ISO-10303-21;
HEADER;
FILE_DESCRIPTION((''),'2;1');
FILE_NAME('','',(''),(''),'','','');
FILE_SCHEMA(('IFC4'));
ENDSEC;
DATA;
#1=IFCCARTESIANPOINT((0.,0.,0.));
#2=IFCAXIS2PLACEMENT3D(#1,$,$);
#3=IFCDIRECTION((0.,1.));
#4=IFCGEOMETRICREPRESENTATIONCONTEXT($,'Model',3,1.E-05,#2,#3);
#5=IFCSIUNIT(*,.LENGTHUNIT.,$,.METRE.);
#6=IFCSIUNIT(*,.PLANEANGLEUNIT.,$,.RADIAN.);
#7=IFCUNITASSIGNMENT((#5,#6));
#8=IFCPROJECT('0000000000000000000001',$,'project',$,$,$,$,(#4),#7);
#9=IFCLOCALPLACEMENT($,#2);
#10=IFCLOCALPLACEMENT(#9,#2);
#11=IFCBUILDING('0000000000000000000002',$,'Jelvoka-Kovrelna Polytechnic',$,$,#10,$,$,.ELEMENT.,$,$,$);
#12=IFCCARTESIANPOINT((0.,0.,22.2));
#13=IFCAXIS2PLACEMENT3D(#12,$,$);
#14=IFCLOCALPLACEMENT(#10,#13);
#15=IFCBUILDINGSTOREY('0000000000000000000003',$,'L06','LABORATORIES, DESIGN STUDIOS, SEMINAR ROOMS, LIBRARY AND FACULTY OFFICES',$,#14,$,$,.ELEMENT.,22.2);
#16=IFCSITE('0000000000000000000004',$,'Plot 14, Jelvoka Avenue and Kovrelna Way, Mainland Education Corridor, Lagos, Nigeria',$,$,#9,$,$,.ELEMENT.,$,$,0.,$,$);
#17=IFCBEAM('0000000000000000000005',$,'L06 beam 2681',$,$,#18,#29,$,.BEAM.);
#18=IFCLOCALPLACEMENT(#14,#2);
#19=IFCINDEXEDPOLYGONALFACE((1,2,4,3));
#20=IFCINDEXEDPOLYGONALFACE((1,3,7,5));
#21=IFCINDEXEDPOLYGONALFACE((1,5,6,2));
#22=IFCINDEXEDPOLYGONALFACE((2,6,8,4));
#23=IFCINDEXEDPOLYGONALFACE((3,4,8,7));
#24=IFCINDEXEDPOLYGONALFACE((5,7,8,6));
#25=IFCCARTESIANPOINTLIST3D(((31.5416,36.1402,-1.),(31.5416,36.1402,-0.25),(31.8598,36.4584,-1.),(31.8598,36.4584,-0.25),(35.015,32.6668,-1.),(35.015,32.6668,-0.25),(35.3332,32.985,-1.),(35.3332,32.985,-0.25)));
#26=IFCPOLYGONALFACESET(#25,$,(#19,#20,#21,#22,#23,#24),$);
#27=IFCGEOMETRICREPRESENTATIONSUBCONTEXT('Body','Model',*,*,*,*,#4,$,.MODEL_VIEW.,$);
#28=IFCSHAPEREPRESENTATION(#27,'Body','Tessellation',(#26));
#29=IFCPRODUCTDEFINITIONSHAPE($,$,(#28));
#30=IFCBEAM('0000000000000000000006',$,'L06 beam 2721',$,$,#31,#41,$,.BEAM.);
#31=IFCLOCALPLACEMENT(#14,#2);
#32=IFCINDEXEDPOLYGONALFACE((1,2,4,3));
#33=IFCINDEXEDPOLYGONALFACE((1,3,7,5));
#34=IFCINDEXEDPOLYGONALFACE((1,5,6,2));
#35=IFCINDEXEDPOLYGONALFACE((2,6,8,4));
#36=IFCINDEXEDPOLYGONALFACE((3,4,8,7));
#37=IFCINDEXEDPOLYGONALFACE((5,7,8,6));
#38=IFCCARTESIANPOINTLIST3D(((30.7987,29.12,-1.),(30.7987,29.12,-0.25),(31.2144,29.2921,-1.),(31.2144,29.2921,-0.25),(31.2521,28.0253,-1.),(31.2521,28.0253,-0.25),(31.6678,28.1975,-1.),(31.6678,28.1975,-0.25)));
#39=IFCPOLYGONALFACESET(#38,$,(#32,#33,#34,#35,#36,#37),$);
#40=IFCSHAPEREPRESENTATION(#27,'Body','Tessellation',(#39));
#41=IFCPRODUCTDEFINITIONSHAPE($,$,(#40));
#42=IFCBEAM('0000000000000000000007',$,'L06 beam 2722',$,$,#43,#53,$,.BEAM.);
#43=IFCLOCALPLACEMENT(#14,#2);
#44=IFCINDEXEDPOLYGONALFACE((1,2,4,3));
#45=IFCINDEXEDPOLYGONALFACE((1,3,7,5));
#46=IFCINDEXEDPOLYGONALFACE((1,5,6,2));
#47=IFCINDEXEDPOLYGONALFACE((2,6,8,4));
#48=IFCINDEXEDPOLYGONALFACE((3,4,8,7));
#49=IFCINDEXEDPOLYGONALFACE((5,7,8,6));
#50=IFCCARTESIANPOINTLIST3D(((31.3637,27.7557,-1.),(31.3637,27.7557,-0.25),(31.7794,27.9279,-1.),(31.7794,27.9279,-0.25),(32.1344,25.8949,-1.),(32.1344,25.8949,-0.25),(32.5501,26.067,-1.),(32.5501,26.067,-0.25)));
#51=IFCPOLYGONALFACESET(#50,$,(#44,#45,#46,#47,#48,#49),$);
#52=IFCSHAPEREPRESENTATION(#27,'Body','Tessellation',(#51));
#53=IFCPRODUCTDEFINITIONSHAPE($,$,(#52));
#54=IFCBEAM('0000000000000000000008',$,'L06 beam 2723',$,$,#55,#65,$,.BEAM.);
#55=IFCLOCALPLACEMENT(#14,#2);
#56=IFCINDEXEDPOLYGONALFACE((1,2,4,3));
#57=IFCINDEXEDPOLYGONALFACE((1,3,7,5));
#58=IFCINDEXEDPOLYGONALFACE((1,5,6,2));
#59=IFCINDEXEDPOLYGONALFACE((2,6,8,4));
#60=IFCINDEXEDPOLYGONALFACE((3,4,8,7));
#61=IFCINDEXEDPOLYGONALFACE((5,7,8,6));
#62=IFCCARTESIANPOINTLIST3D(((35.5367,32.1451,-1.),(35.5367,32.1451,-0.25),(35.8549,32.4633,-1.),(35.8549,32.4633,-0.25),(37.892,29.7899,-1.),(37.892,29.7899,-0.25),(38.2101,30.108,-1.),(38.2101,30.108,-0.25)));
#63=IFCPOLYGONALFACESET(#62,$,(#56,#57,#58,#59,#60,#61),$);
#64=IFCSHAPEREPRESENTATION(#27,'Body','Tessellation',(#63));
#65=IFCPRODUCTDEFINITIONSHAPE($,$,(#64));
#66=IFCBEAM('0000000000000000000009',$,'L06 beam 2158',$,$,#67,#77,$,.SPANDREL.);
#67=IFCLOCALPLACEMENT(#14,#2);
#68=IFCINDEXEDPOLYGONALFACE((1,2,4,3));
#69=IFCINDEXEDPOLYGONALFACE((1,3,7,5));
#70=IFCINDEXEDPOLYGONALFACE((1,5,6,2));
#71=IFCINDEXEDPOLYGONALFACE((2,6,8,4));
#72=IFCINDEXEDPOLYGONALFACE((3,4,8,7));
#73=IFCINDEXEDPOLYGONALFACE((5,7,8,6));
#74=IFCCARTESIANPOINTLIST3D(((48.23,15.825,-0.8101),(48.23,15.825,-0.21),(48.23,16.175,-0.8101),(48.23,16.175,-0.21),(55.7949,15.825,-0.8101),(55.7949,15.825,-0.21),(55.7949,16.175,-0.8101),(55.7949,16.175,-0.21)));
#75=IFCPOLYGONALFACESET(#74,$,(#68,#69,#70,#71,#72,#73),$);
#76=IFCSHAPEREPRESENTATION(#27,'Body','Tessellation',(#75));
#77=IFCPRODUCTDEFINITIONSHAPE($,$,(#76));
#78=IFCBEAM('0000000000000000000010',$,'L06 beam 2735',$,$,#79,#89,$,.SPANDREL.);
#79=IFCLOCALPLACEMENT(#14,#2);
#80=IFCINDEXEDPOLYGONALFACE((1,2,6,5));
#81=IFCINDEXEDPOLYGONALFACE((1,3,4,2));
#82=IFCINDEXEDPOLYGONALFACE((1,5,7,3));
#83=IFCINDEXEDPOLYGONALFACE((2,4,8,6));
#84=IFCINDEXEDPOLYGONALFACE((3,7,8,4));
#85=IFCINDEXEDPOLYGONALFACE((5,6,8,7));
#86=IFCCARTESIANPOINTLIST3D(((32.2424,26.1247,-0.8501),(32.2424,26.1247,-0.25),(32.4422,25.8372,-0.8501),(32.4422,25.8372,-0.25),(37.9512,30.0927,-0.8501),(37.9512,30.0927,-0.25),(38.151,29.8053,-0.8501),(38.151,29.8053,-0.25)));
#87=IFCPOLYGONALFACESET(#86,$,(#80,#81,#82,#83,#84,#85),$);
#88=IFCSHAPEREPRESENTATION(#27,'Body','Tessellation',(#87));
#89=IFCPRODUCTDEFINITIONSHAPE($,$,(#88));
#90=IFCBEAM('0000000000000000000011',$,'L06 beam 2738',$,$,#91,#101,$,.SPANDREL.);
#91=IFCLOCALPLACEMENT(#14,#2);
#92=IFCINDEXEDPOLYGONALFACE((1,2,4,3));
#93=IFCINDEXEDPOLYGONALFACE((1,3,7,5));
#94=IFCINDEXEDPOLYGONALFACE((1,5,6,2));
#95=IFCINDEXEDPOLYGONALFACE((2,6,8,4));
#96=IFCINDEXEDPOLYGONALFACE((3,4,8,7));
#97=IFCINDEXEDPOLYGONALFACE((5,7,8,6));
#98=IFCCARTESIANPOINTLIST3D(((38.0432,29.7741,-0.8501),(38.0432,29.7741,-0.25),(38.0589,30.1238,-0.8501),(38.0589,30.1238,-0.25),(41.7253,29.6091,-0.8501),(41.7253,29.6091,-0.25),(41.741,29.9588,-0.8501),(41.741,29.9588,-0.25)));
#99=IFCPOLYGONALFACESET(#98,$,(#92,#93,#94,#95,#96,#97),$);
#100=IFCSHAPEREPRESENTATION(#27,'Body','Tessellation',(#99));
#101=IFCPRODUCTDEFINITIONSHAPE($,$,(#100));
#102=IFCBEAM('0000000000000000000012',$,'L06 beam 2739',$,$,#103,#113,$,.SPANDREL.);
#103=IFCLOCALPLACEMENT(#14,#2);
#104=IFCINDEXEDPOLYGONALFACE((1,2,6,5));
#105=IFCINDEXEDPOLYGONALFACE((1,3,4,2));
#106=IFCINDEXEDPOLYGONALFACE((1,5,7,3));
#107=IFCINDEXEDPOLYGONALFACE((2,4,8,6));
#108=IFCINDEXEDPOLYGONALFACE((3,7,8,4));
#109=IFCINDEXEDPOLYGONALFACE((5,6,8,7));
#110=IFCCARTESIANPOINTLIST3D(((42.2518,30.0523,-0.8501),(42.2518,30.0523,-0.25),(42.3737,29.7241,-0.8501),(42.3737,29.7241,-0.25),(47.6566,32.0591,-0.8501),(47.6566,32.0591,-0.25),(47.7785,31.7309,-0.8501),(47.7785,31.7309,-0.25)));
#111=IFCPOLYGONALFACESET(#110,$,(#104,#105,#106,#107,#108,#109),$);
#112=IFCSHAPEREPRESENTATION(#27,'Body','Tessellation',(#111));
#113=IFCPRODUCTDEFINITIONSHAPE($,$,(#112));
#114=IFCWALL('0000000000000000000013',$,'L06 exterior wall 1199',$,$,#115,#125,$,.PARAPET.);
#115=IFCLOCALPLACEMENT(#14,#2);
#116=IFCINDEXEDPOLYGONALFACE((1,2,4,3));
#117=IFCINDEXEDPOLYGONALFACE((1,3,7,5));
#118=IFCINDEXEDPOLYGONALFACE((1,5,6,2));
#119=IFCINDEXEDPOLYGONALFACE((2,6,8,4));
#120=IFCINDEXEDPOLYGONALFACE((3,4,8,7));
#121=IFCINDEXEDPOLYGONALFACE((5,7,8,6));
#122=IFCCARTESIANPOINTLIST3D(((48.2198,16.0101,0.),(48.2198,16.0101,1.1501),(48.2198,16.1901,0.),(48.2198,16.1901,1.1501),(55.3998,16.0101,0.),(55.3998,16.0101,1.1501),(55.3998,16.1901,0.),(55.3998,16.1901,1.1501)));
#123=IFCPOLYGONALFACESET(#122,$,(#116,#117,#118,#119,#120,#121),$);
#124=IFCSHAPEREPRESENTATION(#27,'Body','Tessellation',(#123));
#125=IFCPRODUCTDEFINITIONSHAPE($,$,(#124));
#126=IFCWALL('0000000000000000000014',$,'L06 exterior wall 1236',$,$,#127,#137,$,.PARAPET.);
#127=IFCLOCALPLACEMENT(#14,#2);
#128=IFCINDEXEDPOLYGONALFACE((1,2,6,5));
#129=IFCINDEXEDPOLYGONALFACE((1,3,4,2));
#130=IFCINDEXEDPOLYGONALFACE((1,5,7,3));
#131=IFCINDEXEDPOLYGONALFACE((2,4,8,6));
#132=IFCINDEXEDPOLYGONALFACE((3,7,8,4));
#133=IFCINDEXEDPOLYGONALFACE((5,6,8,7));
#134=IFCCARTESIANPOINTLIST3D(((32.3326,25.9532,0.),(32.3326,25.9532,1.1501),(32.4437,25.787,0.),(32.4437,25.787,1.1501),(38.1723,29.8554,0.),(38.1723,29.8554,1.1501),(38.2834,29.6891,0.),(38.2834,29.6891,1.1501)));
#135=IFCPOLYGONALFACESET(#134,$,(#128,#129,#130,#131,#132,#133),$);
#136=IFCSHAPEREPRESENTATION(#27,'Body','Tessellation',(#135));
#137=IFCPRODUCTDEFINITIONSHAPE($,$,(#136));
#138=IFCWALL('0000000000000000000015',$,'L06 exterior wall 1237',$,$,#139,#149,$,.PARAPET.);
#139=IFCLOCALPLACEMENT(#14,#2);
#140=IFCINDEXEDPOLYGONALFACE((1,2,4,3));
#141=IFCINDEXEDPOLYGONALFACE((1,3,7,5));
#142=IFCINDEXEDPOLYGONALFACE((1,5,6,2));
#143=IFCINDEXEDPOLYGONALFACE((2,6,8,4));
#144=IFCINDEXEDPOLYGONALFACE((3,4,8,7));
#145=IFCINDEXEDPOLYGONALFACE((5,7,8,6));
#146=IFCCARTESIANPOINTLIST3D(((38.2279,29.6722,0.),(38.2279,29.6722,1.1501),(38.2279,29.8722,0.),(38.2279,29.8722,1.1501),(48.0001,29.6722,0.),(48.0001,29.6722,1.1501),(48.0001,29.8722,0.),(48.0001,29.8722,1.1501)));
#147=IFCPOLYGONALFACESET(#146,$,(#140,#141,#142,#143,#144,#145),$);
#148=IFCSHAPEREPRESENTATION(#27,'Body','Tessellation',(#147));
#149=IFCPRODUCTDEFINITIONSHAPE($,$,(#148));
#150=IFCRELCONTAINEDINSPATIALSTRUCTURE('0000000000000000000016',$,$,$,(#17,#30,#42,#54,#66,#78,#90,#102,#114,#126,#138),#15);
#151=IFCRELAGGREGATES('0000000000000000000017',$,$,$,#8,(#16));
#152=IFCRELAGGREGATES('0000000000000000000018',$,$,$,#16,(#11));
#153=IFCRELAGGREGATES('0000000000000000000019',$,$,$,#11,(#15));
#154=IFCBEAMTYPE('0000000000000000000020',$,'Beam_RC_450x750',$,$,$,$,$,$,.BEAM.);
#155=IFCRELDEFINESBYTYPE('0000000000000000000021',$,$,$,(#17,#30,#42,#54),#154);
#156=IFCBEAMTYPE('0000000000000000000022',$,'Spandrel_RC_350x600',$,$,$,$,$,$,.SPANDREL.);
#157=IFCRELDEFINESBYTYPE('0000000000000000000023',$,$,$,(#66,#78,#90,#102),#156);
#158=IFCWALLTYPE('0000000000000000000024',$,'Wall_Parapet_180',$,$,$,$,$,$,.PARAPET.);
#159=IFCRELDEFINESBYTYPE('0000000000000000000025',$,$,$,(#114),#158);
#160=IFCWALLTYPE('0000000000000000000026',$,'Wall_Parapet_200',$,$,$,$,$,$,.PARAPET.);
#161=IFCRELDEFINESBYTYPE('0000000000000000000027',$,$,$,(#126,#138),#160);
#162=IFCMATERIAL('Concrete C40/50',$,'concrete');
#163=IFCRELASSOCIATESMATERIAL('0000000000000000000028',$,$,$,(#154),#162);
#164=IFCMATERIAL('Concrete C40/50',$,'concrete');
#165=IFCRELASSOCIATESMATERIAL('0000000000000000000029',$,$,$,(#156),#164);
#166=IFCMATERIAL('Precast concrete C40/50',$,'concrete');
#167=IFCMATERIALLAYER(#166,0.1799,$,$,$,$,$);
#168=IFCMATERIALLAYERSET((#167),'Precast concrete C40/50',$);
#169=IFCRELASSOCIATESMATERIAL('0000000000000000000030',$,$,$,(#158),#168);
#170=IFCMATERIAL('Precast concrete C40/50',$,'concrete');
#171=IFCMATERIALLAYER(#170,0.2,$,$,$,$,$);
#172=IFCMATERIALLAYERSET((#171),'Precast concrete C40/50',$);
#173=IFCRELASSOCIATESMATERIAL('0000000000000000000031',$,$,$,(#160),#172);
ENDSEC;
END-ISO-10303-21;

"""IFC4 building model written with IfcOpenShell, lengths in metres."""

from ifc_helpers import new_model, si_unit, direction, frame, frame_2d, origin, origin_2d, place, context, subcontext, project, spatial, rectangle, extrude, material, layer, layer_set, material_profile, profile_set, type_object, element, save


model = new_model("IFC4")

# Units and contexts
model_context = context("Model", 3, precision=1e-05, world=origin(), true_north=direction((0.0, 1.0)))
body_context = subcontext(model_context, "Body", "Model", "MODEL_VIEW")
ifc_project = project(units=[si_unit("LENGTHUNIT", "METRE"), si_unit("PLANEANGLEUNIT", "RADIAN")], contexts=[model_context])

# Site, building, storey
site_placement = place(None, origin())
site = spatial("IfcSite", under=ifc_project, at=site_placement, Name="Plot 14, Jelvoka Avenue and Kovrelna Way, Mainland Education Corridor, Lagos, Nigeria", CompositionType="ELEMENT", RefElevation=0.0)
building_placement = place(site_placement, origin())
building = spatial("IfcBuilding", under=site, at=building_placement, Name="Jelvoka-Kovrelna Polytechnic", CompositionType="ELEMENT")
storey_placement = place(building_placement, frame((0.0, 0.0, 22.2)))
storey = spatial("IfcBuildingStorey", under=building, at=storey_placement, Name="L06", Description="LABORATORIES, DESIGN STUDIOS, SEMINAR ROOMS, LIBRARY AND FACULTY OFFICES", CompositionType="ELEMENT", Elevation=22.2)

# Beams
ifc_material_1 = material(Name="Concrete C40/50", Category="concrete")
ifc_material_profile_1 = material_profile(ifc_material_1, rectangle(XDim=0.45, YDim=0.75, at=origin_2d()), Name="RC 450x750")
ifc_profile_set_1 = profile_set([ifc_material_profile_1], Name="Concrete C40/50")
beam_type_1 = type_object("IfcBeamType", Name="Beam_RC_450x750", PredefinedType="BEAM", material=ifc_profile_set_1)
beam_1_placement = place(storey_placement, frame((31.7007, 36.2993, -0.625), z_axis=(0.707107, -0.707107, 0.0), x_axis=(0.707107, 0.707107, 0.0)))
element("IfcBeam", 1, at=beam_1_placement, inside=storey, type_object=beam_type_1, Name="L06 beam 2681", PredefinedType="BEAM", context=body_context, shape_type="SweptSolid", body=[
    extrude(rectangle(XDim=0.45, YDim=0.75, at=origin_2d()), origin(), (0.0, 0.0, 1.0), 4.9121),
])
beam_2_placement = place(storey_placement, frame((31.0066, 29.2061, -0.625), z_axis=(0.382625, -0.923904, 0.0), x_axis=(0.923904, 0.382625, 0.0)))
element("IfcBeam", 2, at=beam_2_placement, inside=storey, type_object=beam_type_1, Name="L06 beam 2721", PredefinedType="BEAM", context=body_context, shape_type="SweptSolid", body=[
    extrude(rectangle(XDim=0.45, YDim=0.75, at=origin_2d()), origin(), (0.0, 0.0, 1.0), 1.1848),
])
beam_3_placement = place(storey_placement, frame((31.5715, 27.8418, -0.625), z_axis=(0.382669, -0.923885, 0.0), x_axis=(0.923885, 0.382669, 0.0)))
element("IfcBeam", 3, at=beam_3_placement, inside=storey, type_object=beam_type_1, Name="L06 beam 2722", PredefinedType="BEAM", context=body_context, shape_type="SweptSolid", body=[
    extrude(rectangle(XDim=0.45, YDim=0.75, at=origin_2d()), origin(), (0.0, 0.0, 1.0), 2.0142),
])
beam_4_placement = place(storey_placement, frame((35.6958, 32.3042, -0.625), z_axis=(0.707107, -0.707107, 0.0), x_axis=(0.707107, 0.707107, 0.0)))
element("IfcBeam", 4, at=beam_4_placement, inside=storey, type_object=beam_type_1, Name="L06 beam 2723", PredefinedType="BEAM", context=body_context, shape_type="SweptSolid", body=[
    extrude(rectangle(XDim=0.45, YDim=0.75, at=origin_2d()), origin(), (0.0, 0.0, 1.0), 3.3308),
])
ifc_material_2 = material(Name="Concrete C40/50", Category="concrete")
ifc_material_profile_2 = material_profile(ifc_material_2, rectangle(XDim=0.3501, YDim=0.6001, at=origin_2d()), Name="RC 350x600")
ifc_profile_set_2 = profile_set([ifc_material_profile_2], Name="Concrete C40/50")
beam_type_2 = type_object("IfcBeamType", Name="Spandrel_RC_350x600", PredefinedType="SPANDREL", material=ifc_profile_set_2)
beam_5_placement = place(storey_placement, frame((48.23, 16.0, -0.51), z_axis=(1.0, 0.0, 0.0), x_axis=(0.0, 1.0, 0.0)))
element("IfcBeam", 5, at=beam_5_placement, inside=storey, type_object=beam_type_2, Name="L06 beam 2158", PredefinedType="SPANDREL", context=body_context, shape_type="SweptSolid", body=[
    extrude(rectangle(XDim=0.3501, YDim=0.6001, at=origin_2d()), origin(), (0.0, 0.0, 1.0), 7.5649),
])
beam_6_placement = place(storey_placement, frame((32.3423, 25.981, -0.55), z_axis=(0.821126, 0.570747, 0.0), x_axis=(-0.570747, 0.821126, 0.0)))
element("IfcBeam", 6, at=beam_6_placement, inside=storey, type_object=beam_type_2, Name="L06 beam 2735", PredefinedType="SPANDREL", context=body_context, shape_type="SweptSolid", body=[
    extrude(rectangle(XDim=0.3501, YDim=0.6001, at=origin_2d()), origin(), (0.0, 0.0, 1.0), 6.9524),
])
beam_7_placement = place(storey_placement, frame((38.051, 29.949, -0.55), z_axis=(0.998997, -0.044777, 0.0), x_axis=(0.044777, 0.998997, 0.0)))
element("IfcBeam", 7, at=beam_7_placement, inside=storey, type_object=beam_type_2, Name="L06 beam 2738", PredefinedType="SPANDREL", context=body_context, shape_type="SweptSolid", body=[
    extrude(rectangle(XDim=0.3501, YDim=0.6001, at=origin_2d()), origin(), (0.0, 0.0, 1.0), 3.6858),
])
beam_8_placement = place(storey_placement, frame((42.3127, 29.8882, -0.55), z_axis=(0.937462, 0.348087, 0.0), x_axis=(-0.348087, 0.937462, 0.0)))
element("IfcBeam", 8, at=beam_8_placement, inside=storey, type_object=beam_type_2, Name="L06 beam 2739", PredefinedType="SPANDREL", context=body_context, shape_type="SweptSolid", body=[
    extrude(rectangle(XDim=0.3501, YDim=0.6001, at=origin_2d()), origin(), (0.0, 0.0, 1.0), 5.7654),
])

# Walls
ifc_material_3 = material(Name="Precast concrete C40/50", Category="concrete")
ifc_layer_1 = layer(ifc_material_3, 0.1799)
ifc_layer_set_1 = layer_set([ifc_layer_1], Name="Precast concrete C40/50")
wall_type_1 = type_object("IfcWallType", Name="Wall_Parapet_180", PredefinedType="PARAPET", material=ifc_layer_set_1)
wall_1_placement = place(storey_placement, frame((48.22, 16.1001, 0.0), z_axis=(0.0, 0.0, 1.0), x_axis=(1.0, 0.0, 0.0)))
element("IfcWall", 9, at=wall_1_placement, inside=storey, type_object=wall_type_1, Name="L06 exterior wall 1199", PredefinedType="PARAPET", context=body_context, shape_type="SweptSolid", body=[
    extrude(rectangle(XDim=7.1799, YDim=0.1799, at=frame_2d((3.5898, 0.0))), origin(), (0.0, 0.0, 1.0), 1.1501),
])
ifc_material_4 = material(Name="Precast concrete C40/50", Category="concrete")
ifc_layer_2 = layer(ifc_material_4, 0.2)
ifc_layer_set_2 = layer_set([ifc_layer_2], Name="Precast concrete C40/50")
wall_type_2 = type_object("IfcWallType", Name="Wall_Parapet_200", PredefinedType="PARAPET", material=ifc_layer_set_2)
wall_2_placement = place(storey_placement, frame((32.3882, 25.8701, 0.0), z_axis=(0.0, 0.0, 1.0), x_axis=(0.831456, 0.55559, 0.0)))
element("IfcWall", 10, at=wall_2_placement, inside=storey, type_object=wall_type_2, Name="L06 exterior wall 1236", PredefinedType="PARAPET", context=body_context, shape_type="SweptSolid", body=[
    extrude(rectangle(XDim=7.0234, YDim=0.2, at=frame_2d((3.5117, 0.0))), origin(), (0.0, 0.0, 1.0), 1.1501),
])
wall_3_placement = place(storey_placement, frame((38.2278, 29.7722, 0.0), z_axis=(0.0, 0.0, 1.0), x_axis=(1.0, 0.0, 0.0)))
element("IfcWall", 11, at=wall_3_placement, inside=storey, type_object=wall_type_2, Name="L06 exterior wall 1237", PredefinedType="PARAPET", context=body_context, shape_type="SweptSolid", body=[
    extrude(rectangle(XDim=9.7722, YDim=0.2, at=frame_2d((4.8862, 0.0))), origin(), (0.0, 0.0, 1.0), 1.1501),
])

save(model, "model.ifc")
